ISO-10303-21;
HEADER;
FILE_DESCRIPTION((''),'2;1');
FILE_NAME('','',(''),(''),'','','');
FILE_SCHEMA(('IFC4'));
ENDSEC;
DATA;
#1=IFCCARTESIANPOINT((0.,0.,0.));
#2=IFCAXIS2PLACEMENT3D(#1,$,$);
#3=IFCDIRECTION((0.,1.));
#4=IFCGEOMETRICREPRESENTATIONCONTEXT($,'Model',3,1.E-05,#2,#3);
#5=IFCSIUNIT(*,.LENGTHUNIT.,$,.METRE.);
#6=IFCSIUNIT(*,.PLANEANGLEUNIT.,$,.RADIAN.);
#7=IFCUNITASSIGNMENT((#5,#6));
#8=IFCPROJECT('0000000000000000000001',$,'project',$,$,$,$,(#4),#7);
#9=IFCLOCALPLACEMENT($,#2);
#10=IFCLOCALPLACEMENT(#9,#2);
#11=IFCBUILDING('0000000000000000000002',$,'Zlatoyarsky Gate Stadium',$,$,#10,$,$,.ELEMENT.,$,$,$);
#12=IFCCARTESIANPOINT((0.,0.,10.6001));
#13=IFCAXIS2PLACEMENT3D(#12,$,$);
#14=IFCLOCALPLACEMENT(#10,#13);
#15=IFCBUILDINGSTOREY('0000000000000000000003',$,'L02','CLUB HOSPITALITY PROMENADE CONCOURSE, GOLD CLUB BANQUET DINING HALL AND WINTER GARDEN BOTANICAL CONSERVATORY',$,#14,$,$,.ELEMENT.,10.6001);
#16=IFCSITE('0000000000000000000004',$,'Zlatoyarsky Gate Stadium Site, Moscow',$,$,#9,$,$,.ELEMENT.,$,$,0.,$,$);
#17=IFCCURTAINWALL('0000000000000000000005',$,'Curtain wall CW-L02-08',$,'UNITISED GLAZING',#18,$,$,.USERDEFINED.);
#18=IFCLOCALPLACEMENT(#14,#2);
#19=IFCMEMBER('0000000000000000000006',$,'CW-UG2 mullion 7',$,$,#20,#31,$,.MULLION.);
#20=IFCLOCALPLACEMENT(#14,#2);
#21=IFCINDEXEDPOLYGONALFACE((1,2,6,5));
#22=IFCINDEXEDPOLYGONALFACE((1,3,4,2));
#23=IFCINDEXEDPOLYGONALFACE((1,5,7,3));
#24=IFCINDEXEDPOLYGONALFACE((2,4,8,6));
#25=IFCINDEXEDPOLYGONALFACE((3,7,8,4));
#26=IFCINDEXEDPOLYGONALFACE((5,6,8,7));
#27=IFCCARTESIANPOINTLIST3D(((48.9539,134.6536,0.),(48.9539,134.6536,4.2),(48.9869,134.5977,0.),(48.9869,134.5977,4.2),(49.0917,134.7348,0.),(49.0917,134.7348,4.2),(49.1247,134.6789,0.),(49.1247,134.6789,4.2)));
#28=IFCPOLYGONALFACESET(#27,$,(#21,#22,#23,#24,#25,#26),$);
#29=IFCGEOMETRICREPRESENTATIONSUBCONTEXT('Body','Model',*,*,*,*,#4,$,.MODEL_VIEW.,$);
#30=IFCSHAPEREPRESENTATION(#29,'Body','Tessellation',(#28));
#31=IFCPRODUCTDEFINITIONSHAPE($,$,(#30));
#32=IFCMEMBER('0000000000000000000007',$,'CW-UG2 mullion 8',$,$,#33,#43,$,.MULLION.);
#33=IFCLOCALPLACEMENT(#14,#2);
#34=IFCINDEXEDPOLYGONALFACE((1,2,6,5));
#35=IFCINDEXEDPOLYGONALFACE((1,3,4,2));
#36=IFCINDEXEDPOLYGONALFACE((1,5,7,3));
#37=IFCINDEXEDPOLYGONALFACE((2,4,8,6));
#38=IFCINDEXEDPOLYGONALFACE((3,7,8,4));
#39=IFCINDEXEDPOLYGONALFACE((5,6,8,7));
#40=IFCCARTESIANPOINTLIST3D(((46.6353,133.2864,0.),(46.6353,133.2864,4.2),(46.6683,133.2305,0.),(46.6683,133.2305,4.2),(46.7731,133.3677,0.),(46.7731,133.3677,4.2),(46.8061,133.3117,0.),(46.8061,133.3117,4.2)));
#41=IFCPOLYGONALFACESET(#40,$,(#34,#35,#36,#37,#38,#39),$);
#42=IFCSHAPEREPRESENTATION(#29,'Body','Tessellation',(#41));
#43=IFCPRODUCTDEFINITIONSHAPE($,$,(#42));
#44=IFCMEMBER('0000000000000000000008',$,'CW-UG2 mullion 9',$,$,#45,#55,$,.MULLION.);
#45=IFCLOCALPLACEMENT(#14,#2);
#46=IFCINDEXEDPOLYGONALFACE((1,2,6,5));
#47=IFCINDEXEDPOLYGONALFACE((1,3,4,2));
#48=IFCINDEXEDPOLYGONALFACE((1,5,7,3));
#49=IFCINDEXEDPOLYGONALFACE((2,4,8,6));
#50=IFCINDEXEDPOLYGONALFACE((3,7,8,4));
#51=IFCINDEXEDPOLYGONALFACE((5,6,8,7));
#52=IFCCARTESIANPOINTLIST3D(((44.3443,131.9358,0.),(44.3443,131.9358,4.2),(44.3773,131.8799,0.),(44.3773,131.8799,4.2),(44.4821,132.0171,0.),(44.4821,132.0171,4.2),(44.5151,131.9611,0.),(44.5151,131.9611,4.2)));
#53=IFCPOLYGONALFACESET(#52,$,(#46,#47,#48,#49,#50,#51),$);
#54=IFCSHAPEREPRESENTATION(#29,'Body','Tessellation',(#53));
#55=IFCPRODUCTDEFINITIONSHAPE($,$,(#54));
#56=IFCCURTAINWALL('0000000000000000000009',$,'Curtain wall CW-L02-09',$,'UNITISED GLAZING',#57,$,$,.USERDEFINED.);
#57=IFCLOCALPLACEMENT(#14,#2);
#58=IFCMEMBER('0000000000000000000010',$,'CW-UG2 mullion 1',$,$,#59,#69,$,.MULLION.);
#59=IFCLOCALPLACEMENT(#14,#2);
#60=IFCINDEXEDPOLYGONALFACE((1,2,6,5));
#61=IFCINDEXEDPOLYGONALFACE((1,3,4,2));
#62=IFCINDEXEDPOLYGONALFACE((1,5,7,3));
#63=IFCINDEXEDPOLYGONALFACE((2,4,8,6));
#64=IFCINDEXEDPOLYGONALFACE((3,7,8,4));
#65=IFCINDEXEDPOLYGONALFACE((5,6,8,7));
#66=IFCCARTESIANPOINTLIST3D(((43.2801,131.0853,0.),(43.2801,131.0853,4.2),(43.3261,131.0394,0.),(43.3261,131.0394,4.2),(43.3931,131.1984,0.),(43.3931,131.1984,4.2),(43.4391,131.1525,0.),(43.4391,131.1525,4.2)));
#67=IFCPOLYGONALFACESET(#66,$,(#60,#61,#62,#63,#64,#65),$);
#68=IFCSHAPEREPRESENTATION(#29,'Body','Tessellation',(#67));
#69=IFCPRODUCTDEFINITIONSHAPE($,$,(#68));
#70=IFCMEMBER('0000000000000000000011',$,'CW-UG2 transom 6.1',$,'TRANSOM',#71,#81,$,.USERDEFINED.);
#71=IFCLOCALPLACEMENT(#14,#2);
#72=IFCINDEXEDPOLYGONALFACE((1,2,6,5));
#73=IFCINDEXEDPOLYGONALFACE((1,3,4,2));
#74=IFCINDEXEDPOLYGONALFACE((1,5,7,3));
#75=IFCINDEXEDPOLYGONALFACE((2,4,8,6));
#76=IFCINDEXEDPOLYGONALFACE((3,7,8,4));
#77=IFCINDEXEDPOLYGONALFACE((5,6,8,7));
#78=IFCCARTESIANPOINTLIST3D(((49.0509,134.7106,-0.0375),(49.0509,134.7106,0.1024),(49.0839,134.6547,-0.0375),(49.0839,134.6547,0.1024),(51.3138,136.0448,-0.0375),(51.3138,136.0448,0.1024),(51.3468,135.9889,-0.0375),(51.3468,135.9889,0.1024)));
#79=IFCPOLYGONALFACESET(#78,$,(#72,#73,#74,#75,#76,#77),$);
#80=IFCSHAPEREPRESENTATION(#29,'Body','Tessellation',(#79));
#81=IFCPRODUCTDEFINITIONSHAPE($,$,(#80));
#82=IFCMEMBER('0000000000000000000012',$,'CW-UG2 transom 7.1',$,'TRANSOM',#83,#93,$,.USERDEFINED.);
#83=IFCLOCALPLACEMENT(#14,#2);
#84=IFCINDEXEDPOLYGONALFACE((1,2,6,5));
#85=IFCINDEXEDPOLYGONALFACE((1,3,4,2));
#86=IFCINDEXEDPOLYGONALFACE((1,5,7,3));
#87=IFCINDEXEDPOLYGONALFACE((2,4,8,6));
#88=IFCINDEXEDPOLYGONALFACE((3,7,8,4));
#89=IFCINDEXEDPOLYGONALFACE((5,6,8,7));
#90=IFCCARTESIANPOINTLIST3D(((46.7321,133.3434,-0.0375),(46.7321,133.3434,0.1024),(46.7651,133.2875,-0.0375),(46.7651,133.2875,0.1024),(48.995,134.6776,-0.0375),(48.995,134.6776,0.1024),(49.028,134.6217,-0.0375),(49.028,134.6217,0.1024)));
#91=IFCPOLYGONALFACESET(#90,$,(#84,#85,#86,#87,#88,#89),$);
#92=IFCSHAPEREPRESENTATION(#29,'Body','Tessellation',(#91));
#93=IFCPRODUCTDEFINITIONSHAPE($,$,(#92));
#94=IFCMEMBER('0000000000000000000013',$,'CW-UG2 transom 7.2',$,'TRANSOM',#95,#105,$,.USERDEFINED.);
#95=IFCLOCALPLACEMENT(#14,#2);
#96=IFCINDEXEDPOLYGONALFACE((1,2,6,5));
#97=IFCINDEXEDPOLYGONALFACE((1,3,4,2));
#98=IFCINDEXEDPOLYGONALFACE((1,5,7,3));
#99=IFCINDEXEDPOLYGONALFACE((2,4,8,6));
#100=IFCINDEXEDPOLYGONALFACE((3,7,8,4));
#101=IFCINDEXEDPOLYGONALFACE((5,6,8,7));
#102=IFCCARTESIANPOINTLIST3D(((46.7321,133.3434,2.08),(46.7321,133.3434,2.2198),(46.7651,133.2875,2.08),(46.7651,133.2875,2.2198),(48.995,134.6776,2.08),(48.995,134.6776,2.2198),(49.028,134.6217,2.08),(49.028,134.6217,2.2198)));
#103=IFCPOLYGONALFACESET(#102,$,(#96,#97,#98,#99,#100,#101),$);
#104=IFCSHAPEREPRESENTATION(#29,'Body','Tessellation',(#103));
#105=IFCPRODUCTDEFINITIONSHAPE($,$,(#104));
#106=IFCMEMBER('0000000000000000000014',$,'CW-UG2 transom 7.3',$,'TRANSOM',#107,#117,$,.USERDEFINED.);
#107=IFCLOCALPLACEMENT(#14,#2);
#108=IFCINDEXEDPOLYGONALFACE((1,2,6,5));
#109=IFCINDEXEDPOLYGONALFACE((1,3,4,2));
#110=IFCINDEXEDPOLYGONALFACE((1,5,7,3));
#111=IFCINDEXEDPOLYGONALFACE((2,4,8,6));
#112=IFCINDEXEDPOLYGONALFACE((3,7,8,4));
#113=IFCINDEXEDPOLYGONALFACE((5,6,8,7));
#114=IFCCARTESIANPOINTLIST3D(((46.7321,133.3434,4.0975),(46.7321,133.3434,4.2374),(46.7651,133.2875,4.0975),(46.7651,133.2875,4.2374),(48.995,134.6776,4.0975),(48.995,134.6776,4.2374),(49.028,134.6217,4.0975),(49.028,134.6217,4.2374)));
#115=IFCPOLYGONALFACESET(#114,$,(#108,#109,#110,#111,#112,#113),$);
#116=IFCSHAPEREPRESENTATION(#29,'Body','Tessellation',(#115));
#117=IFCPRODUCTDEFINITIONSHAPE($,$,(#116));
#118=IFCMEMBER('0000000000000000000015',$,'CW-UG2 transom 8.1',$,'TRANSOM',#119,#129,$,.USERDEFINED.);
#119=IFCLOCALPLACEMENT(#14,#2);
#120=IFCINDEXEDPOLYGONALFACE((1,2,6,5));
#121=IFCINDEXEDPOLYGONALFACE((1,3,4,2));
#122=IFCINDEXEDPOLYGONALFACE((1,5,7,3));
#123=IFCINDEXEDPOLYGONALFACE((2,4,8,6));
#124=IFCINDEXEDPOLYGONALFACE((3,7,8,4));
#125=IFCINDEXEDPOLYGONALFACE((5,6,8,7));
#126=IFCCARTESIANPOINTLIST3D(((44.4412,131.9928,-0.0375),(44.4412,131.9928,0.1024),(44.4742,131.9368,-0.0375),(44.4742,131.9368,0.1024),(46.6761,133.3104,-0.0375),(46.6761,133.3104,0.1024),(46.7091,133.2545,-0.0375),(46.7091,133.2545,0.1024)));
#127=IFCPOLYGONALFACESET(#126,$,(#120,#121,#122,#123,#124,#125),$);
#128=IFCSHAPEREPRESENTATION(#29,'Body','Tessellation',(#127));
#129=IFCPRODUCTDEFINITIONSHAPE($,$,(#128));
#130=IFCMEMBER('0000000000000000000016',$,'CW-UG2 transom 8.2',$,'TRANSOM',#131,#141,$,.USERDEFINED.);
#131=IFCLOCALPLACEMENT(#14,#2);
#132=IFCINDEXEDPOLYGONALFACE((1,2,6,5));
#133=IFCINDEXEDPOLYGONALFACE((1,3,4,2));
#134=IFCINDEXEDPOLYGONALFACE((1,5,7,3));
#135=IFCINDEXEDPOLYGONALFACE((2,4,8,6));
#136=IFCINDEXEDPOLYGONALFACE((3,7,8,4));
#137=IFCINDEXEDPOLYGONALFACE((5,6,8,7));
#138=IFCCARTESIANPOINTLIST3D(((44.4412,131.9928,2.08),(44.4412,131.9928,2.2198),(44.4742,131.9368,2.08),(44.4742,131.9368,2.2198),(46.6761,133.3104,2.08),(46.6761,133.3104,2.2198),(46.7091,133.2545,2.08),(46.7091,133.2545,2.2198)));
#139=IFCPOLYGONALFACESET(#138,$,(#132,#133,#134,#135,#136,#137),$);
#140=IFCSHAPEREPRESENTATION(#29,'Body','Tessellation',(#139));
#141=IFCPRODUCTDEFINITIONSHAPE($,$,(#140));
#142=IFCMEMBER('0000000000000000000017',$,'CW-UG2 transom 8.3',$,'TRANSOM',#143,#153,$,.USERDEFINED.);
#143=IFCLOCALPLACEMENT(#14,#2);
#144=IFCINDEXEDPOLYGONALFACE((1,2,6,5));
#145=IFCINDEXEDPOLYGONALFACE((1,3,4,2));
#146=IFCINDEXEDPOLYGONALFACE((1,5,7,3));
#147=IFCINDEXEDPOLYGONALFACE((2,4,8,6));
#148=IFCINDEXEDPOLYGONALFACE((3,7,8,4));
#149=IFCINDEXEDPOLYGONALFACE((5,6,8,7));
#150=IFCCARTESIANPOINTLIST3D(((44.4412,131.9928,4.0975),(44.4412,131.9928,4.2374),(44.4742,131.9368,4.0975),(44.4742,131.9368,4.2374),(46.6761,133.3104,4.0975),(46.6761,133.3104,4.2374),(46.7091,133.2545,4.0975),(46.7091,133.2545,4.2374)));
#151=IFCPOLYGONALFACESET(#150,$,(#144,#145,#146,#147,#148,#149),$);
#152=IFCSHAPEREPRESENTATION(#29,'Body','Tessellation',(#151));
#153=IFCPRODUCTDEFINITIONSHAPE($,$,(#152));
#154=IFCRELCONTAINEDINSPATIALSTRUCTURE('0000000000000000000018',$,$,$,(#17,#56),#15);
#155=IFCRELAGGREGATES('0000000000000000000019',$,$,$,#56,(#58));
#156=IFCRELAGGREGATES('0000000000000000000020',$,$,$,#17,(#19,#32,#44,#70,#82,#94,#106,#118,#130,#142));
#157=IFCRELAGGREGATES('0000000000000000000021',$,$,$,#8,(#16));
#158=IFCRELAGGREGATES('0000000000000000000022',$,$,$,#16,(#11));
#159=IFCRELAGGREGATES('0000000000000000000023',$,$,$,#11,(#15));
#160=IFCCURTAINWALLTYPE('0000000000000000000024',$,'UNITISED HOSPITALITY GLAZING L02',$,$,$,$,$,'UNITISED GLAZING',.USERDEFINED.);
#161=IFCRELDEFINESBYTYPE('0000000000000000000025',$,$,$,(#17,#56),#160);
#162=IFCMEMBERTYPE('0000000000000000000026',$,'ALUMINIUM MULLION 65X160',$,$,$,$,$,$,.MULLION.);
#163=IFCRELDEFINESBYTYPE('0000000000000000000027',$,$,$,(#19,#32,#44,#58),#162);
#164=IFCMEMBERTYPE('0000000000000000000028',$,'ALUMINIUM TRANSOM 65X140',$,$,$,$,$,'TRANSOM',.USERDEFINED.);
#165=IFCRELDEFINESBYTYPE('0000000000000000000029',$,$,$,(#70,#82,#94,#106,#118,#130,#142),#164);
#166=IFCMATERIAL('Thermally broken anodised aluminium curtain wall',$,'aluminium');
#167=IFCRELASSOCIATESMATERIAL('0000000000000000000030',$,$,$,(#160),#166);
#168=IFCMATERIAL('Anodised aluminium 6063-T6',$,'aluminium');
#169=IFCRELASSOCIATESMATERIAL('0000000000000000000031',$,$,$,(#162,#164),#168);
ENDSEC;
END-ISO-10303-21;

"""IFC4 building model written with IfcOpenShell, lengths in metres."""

from ifc_helpers import new_model, si_unit, direction, frame, origin, origin_2d, place, context, subcontext, project, spatial, rectangle, extrude, material, material_profile, profile_set, type_object, element, aggregate, save


model = new_model("IFC4")

# Units and contexts
model_context = context("Model", 3, precision=1e-05, world=origin(), true_north=direction((0.0, 1.0)))
body_context = subcontext(model_context, "Body", "Model", "MODEL_VIEW")
ifc_project = project(units=[si_unit("LENGTHUNIT", "METRE"), si_unit("PLANEANGLEUNIT", "RADIAN")], contexts=[model_context])

# Site, building, storey
site_placement = place(None, origin())
site = spatial("IfcSite", under=ifc_project, at=site_placement, Name="Zlatoyarsky Gate Stadium Site, Moscow", CompositionType="ELEMENT", RefElevation=0.0)
building_placement = place(site_placement, origin())
building = spatial("IfcBuilding", under=site, at=building_placement, Name="Zlatoyarsky Gate Stadium", CompositionType="ELEMENT")
storey_placement = place(building_placement, frame((0.0, 0.0, 10.6001)))
storey = spatial("IfcBuildingStorey", under=building, at=storey_placement, Name="L02", Description="CLUB HOSPITALITY PROMENADE CONCOURSE, GOLD CLUB BANQUET DINING HALL AND WINTER GARDEN BOTANICAL CONSERVATORY", CompositionType="ELEMENT", Elevation=10.6001)

# Curtain wall, members
ifc_material_1 = material(Name="Thermally broken anodised aluminium curtain wall", Category="aluminium")
curtain_wall_type = type_object("IfcCurtainWallType", Name="UNITISED HOSPITALITY GLAZING L02", ElementType="UNITISED GLAZING", PredefinedType="USERDEFINED", material=ifc_material_1)
curtain_wall_1_placement = place(storey_placement, origin())
curtain_wall_1 = element("IfcCurtainWall", 1, at=curtain_wall_1_placement, inside=storey, type_object=curtain_wall_type, Name="Curtain wall CW-L02-08", ObjectType="UNITISED GLAZING", PredefinedType="USERDEFINED")
ifc_material_2 = material(Name="Anodised aluminium 6063-T6", Category="aluminium")
ifc_material_profile_1 = material_profile(ifc_material_2, rectangle(XDim=0.0649, YDim=0.1599, at=origin_2d()), Name="ALU 65X160")
ifc_profile_set_1 = profile_set([ifc_material_profile_1], Name="Anodised aluminium 6063-T6")
member_type_1 = type_object("IfcMemberType", Name="ALUMINIUM MULLION 65X160", PredefinedType="MULLION", material=ifc_profile_set_1)
member_1_placement = place(storey_placement, frame((49.0393, 134.6663, 0.0), z_axis=(0.0, 0.0, 1.0), x_axis=(0.507882, -0.861426, 0.0)))
member_1 = element("IfcMember", 2, at=member_1_placement, type_object=member_type_1, Name="CW-UG2 mullion 7", PredefinedType="MULLION", context=body_context, shape_type="SweptSolid", body=[
    extrude(rectangle(XDim=0.0649, YDim=0.1599, at=origin_2d()), origin(), (0.0, 0.0, 1.0), 4.2),
])
member_2_placement = place(storey_placement, frame((46.7207, 133.2991, 0.0), z_axis=(0.0, 0.0, 1.0), x_axis=(0.507882, -0.861426, 0.0)))
member_2 = element("IfcMember", 3, at=member_2_placement, type_object=member_type_1, Name="CW-UG2 mullion 8", PredefinedType="MULLION", context=body_context, shape_type="SweptSolid", body=[
    extrude(rectangle(XDim=0.0649, YDim=0.1599, at=origin_2d()), origin(), (0.0, 0.0, 1.0), 4.2),
])
member_3_placement = place(storey_placement, frame((44.4297, 131.9485, 0.0), z_axis=(0.0, 0.0, 1.0), x_axis=(0.507882, -0.861426, 0.0)))
member_3 = element("IfcMember", 4, at=member_3_placement, type_object=member_type_1, Name="CW-UG2 mullion 9", PredefinedType="MULLION", context=body_context, shape_type="SweptSolid", body=[
    extrude(rectangle(XDim=0.0649, YDim=0.1599, at=origin_2d()), origin(), (0.0, 0.0, 1.0), 4.2),
])

# Curtain wall, member
curtain_wall_2_placement = place(storey_placement, origin())
curtain_wall_2 = element("IfcCurtainWall", 5, at=curtain_wall_2_placement, inside=storey, type_object=curtain_wall_type, Name="Curtain wall CW-L02-09", ObjectType="UNITISED GLAZING", PredefinedType="USERDEFINED")
member_4_placement = place(storey_placement, frame((43.3596, 131.1189, 0.0), z_axis=(0.0, 0.0, 1.0), x_axis=(0.707588, -0.706626, 0.0)))
member_4 = element("IfcMember", 6, at=member_4_placement, type_object=member_type_1, Name="CW-UG2 mullion 1", PredefinedType="MULLION", context=body_context, shape_type="SweptSolid", body=[
    extrude(rectangle(XDim=0.0649, YDim=0.1599, at=origin_2d()), origin(), (0.0, 0.0, 1.0), 4.2),
])
aggregate(curtain_wall_2, [member_4])

# Members
ifc_material_profile_2 = material_profile(ifc_material_2, rectangle(XDim=0.0649, YDim=0.1399, at=origin_2d()), Name="ALU 65X140")
ifc_profile_set_2 = profile_set([ifc_material_profile_2], Name="Anodised aluminium 6063-T6")
member_type_2 = type_object("IfcMemberType", Name="ALUMINIUM TRANSOM 65X140", ElementType="TRANSOM", PredefinedType="USERDEFINED", material=ifc_profile_set_2)
member_5_placement = place(storey_placement, frame((51.3303, 136.0168, 0.0325), z_axis=(-0.86142, -0.507893, 0.0), x_axis=(0.507893, -0.86142, 0.0)))
member_5 = element("IfcMember", 7, at=member_5_placement, type_object=member_type_2, Name="CW-UG2 transom 6.1", ObjectType="TRANSOM", PredefinedType="USERDEFINED", context=body_context, shape_type="SweptSolid", body=[
    extrude(rectangle(XDim=0.0649, YDim=0.1399, at=origin_2d()), origin(), (0.0, 0.0, 1.0), 2.627),
])
member_6_placement = place(storey_placement, frame((49.0115, 134.6497, 0.0325), z_axis=(-0.86142, -0.507893, 0.0), x_axis=(0.507893, -0.86142, 0.0)))
member_6 = element("IfcMember", 8, at=member_6_placement, type_object=member_type_2, Name="CW-UG2 transom 7.1", ObjectType="TRANSOM", PredefinedType="USERDEFINED", context=body_context, shape_type="SweptSolid", body=[
    extrude(rectangle(XDim=0.0649, YDim=0.1399, at=origin_2d()), origin(), (0.0, 0.0, 1.0), 2.627),
])
member_7_placement = place(storey_placement, frame((49.0115, 134.6497, 2.1499), z_axis=(-0.86142, -0.507893, 0.0), x_axis=(0.507893, -0.86142, 0.0)))
member_7 = element("IfcMember", 9, at=member_7_placement, type_object=member_type_2, Name="CW-UG2 transom 7.2", ObjectType="TRANSOM", PredefinedType="USERDEFINED", context=body_context, shape_type="SweptSolid", body=[
    extrude(rectangle(XDim=0.0649, YDim=0.1399, at=origin_2d()), origin(), (0.0, 0.0, 1.0), 2.627),
])
member_8_placement = place(storey_placement, frame((49.0115, 134.6497, 4.1675), z_axis=(-0.86142, -0.507893, 0.0), x_axis=(0.507893, -0.86142, 0.0)))
member_8 = element("IfcMember", 10, at=member_8_placement, type_object=member_type_2, Name="CW-UG2 transom 7.3", ObjectType="TRANSOM", PredefinedType="USERDEFINED", context=body_context, shape_type="SweptSolid", body=[
    extrude(rectangle(XDim=0.0649, YDim=0.1399, at=origin_2d()), origin(), (0.0, 0.0, 1.0), 2.627),
])
member_9_placement = place(storey_placement, frame((46.6926, 133.2825, 0.0325), z_axis=(-0.861428, -0.507879, 0.0), x_axis=(0.507879, -0.861428, 0.0)))
member_9 = element("IfcMember", 11, at=member_9_placement, type_object=member_type_2, Name="CW-UG2 transom 8.1", ObjectType="TRANSOM", PredefinedType="USERDEFINED", context=body_context, shape_type="SweptSolid", body=[
    extrude(rectangle(XDim=0.0649, YDim=0.1399, at=origin_2d()), origin(), (0.0, 0.0, 1.0), 2.5945),
])
member_10_placement = place(storey_placement, frame((46.6926, 133.2825, 2.1499), z_axis=(-0.861428, -0.507879, 0.0), x_axis=(0.507879, -0.861428, 0.0)))
member_10 = element("IfcMember", 12, at=member_10_placement, type_object=member_type_2, Name="CW-UG2 transom 8.2", ObjectType="TRANSOM", PredefinedType="USERDEFINED", context=body_context, shape_type="SweptSolid", body=[
    extrude(rectangle(XDim=0.0649, YDim=0.1399, at=origin_2d()), origin(), (0.0, 0.0, 1.0), 2.5945),
])
member_11_placement = place(storey_placement, frame((46.6926, 133.2825, 4.1675), z_axis=(-0.861428, -0.507879, 0.0), x_axis=(0.507879, -0.861428, 0.0)))
member_11 = element("IfcMember", 13, at=member_11_placement, type_object=member_type_2, Name="CW-UG2 transom 8.3", ObjectType="TRANSOM", PredefinedType="USERDEFINED", context=body_context, shape_type="SweptSolid", body=[
    extrude(rectangle(XDim=0.0649, YDim=0.1399, at=origin_2d()), origin(), (0.0, 0.0, 1.0), 2.5945),
])

aggregate(curtain_wall_1, [member_1, member_2, member_3, member_5, member_6, member_7, member_8, member_9, member_10, member_11])

save(model, "model.ifc")
